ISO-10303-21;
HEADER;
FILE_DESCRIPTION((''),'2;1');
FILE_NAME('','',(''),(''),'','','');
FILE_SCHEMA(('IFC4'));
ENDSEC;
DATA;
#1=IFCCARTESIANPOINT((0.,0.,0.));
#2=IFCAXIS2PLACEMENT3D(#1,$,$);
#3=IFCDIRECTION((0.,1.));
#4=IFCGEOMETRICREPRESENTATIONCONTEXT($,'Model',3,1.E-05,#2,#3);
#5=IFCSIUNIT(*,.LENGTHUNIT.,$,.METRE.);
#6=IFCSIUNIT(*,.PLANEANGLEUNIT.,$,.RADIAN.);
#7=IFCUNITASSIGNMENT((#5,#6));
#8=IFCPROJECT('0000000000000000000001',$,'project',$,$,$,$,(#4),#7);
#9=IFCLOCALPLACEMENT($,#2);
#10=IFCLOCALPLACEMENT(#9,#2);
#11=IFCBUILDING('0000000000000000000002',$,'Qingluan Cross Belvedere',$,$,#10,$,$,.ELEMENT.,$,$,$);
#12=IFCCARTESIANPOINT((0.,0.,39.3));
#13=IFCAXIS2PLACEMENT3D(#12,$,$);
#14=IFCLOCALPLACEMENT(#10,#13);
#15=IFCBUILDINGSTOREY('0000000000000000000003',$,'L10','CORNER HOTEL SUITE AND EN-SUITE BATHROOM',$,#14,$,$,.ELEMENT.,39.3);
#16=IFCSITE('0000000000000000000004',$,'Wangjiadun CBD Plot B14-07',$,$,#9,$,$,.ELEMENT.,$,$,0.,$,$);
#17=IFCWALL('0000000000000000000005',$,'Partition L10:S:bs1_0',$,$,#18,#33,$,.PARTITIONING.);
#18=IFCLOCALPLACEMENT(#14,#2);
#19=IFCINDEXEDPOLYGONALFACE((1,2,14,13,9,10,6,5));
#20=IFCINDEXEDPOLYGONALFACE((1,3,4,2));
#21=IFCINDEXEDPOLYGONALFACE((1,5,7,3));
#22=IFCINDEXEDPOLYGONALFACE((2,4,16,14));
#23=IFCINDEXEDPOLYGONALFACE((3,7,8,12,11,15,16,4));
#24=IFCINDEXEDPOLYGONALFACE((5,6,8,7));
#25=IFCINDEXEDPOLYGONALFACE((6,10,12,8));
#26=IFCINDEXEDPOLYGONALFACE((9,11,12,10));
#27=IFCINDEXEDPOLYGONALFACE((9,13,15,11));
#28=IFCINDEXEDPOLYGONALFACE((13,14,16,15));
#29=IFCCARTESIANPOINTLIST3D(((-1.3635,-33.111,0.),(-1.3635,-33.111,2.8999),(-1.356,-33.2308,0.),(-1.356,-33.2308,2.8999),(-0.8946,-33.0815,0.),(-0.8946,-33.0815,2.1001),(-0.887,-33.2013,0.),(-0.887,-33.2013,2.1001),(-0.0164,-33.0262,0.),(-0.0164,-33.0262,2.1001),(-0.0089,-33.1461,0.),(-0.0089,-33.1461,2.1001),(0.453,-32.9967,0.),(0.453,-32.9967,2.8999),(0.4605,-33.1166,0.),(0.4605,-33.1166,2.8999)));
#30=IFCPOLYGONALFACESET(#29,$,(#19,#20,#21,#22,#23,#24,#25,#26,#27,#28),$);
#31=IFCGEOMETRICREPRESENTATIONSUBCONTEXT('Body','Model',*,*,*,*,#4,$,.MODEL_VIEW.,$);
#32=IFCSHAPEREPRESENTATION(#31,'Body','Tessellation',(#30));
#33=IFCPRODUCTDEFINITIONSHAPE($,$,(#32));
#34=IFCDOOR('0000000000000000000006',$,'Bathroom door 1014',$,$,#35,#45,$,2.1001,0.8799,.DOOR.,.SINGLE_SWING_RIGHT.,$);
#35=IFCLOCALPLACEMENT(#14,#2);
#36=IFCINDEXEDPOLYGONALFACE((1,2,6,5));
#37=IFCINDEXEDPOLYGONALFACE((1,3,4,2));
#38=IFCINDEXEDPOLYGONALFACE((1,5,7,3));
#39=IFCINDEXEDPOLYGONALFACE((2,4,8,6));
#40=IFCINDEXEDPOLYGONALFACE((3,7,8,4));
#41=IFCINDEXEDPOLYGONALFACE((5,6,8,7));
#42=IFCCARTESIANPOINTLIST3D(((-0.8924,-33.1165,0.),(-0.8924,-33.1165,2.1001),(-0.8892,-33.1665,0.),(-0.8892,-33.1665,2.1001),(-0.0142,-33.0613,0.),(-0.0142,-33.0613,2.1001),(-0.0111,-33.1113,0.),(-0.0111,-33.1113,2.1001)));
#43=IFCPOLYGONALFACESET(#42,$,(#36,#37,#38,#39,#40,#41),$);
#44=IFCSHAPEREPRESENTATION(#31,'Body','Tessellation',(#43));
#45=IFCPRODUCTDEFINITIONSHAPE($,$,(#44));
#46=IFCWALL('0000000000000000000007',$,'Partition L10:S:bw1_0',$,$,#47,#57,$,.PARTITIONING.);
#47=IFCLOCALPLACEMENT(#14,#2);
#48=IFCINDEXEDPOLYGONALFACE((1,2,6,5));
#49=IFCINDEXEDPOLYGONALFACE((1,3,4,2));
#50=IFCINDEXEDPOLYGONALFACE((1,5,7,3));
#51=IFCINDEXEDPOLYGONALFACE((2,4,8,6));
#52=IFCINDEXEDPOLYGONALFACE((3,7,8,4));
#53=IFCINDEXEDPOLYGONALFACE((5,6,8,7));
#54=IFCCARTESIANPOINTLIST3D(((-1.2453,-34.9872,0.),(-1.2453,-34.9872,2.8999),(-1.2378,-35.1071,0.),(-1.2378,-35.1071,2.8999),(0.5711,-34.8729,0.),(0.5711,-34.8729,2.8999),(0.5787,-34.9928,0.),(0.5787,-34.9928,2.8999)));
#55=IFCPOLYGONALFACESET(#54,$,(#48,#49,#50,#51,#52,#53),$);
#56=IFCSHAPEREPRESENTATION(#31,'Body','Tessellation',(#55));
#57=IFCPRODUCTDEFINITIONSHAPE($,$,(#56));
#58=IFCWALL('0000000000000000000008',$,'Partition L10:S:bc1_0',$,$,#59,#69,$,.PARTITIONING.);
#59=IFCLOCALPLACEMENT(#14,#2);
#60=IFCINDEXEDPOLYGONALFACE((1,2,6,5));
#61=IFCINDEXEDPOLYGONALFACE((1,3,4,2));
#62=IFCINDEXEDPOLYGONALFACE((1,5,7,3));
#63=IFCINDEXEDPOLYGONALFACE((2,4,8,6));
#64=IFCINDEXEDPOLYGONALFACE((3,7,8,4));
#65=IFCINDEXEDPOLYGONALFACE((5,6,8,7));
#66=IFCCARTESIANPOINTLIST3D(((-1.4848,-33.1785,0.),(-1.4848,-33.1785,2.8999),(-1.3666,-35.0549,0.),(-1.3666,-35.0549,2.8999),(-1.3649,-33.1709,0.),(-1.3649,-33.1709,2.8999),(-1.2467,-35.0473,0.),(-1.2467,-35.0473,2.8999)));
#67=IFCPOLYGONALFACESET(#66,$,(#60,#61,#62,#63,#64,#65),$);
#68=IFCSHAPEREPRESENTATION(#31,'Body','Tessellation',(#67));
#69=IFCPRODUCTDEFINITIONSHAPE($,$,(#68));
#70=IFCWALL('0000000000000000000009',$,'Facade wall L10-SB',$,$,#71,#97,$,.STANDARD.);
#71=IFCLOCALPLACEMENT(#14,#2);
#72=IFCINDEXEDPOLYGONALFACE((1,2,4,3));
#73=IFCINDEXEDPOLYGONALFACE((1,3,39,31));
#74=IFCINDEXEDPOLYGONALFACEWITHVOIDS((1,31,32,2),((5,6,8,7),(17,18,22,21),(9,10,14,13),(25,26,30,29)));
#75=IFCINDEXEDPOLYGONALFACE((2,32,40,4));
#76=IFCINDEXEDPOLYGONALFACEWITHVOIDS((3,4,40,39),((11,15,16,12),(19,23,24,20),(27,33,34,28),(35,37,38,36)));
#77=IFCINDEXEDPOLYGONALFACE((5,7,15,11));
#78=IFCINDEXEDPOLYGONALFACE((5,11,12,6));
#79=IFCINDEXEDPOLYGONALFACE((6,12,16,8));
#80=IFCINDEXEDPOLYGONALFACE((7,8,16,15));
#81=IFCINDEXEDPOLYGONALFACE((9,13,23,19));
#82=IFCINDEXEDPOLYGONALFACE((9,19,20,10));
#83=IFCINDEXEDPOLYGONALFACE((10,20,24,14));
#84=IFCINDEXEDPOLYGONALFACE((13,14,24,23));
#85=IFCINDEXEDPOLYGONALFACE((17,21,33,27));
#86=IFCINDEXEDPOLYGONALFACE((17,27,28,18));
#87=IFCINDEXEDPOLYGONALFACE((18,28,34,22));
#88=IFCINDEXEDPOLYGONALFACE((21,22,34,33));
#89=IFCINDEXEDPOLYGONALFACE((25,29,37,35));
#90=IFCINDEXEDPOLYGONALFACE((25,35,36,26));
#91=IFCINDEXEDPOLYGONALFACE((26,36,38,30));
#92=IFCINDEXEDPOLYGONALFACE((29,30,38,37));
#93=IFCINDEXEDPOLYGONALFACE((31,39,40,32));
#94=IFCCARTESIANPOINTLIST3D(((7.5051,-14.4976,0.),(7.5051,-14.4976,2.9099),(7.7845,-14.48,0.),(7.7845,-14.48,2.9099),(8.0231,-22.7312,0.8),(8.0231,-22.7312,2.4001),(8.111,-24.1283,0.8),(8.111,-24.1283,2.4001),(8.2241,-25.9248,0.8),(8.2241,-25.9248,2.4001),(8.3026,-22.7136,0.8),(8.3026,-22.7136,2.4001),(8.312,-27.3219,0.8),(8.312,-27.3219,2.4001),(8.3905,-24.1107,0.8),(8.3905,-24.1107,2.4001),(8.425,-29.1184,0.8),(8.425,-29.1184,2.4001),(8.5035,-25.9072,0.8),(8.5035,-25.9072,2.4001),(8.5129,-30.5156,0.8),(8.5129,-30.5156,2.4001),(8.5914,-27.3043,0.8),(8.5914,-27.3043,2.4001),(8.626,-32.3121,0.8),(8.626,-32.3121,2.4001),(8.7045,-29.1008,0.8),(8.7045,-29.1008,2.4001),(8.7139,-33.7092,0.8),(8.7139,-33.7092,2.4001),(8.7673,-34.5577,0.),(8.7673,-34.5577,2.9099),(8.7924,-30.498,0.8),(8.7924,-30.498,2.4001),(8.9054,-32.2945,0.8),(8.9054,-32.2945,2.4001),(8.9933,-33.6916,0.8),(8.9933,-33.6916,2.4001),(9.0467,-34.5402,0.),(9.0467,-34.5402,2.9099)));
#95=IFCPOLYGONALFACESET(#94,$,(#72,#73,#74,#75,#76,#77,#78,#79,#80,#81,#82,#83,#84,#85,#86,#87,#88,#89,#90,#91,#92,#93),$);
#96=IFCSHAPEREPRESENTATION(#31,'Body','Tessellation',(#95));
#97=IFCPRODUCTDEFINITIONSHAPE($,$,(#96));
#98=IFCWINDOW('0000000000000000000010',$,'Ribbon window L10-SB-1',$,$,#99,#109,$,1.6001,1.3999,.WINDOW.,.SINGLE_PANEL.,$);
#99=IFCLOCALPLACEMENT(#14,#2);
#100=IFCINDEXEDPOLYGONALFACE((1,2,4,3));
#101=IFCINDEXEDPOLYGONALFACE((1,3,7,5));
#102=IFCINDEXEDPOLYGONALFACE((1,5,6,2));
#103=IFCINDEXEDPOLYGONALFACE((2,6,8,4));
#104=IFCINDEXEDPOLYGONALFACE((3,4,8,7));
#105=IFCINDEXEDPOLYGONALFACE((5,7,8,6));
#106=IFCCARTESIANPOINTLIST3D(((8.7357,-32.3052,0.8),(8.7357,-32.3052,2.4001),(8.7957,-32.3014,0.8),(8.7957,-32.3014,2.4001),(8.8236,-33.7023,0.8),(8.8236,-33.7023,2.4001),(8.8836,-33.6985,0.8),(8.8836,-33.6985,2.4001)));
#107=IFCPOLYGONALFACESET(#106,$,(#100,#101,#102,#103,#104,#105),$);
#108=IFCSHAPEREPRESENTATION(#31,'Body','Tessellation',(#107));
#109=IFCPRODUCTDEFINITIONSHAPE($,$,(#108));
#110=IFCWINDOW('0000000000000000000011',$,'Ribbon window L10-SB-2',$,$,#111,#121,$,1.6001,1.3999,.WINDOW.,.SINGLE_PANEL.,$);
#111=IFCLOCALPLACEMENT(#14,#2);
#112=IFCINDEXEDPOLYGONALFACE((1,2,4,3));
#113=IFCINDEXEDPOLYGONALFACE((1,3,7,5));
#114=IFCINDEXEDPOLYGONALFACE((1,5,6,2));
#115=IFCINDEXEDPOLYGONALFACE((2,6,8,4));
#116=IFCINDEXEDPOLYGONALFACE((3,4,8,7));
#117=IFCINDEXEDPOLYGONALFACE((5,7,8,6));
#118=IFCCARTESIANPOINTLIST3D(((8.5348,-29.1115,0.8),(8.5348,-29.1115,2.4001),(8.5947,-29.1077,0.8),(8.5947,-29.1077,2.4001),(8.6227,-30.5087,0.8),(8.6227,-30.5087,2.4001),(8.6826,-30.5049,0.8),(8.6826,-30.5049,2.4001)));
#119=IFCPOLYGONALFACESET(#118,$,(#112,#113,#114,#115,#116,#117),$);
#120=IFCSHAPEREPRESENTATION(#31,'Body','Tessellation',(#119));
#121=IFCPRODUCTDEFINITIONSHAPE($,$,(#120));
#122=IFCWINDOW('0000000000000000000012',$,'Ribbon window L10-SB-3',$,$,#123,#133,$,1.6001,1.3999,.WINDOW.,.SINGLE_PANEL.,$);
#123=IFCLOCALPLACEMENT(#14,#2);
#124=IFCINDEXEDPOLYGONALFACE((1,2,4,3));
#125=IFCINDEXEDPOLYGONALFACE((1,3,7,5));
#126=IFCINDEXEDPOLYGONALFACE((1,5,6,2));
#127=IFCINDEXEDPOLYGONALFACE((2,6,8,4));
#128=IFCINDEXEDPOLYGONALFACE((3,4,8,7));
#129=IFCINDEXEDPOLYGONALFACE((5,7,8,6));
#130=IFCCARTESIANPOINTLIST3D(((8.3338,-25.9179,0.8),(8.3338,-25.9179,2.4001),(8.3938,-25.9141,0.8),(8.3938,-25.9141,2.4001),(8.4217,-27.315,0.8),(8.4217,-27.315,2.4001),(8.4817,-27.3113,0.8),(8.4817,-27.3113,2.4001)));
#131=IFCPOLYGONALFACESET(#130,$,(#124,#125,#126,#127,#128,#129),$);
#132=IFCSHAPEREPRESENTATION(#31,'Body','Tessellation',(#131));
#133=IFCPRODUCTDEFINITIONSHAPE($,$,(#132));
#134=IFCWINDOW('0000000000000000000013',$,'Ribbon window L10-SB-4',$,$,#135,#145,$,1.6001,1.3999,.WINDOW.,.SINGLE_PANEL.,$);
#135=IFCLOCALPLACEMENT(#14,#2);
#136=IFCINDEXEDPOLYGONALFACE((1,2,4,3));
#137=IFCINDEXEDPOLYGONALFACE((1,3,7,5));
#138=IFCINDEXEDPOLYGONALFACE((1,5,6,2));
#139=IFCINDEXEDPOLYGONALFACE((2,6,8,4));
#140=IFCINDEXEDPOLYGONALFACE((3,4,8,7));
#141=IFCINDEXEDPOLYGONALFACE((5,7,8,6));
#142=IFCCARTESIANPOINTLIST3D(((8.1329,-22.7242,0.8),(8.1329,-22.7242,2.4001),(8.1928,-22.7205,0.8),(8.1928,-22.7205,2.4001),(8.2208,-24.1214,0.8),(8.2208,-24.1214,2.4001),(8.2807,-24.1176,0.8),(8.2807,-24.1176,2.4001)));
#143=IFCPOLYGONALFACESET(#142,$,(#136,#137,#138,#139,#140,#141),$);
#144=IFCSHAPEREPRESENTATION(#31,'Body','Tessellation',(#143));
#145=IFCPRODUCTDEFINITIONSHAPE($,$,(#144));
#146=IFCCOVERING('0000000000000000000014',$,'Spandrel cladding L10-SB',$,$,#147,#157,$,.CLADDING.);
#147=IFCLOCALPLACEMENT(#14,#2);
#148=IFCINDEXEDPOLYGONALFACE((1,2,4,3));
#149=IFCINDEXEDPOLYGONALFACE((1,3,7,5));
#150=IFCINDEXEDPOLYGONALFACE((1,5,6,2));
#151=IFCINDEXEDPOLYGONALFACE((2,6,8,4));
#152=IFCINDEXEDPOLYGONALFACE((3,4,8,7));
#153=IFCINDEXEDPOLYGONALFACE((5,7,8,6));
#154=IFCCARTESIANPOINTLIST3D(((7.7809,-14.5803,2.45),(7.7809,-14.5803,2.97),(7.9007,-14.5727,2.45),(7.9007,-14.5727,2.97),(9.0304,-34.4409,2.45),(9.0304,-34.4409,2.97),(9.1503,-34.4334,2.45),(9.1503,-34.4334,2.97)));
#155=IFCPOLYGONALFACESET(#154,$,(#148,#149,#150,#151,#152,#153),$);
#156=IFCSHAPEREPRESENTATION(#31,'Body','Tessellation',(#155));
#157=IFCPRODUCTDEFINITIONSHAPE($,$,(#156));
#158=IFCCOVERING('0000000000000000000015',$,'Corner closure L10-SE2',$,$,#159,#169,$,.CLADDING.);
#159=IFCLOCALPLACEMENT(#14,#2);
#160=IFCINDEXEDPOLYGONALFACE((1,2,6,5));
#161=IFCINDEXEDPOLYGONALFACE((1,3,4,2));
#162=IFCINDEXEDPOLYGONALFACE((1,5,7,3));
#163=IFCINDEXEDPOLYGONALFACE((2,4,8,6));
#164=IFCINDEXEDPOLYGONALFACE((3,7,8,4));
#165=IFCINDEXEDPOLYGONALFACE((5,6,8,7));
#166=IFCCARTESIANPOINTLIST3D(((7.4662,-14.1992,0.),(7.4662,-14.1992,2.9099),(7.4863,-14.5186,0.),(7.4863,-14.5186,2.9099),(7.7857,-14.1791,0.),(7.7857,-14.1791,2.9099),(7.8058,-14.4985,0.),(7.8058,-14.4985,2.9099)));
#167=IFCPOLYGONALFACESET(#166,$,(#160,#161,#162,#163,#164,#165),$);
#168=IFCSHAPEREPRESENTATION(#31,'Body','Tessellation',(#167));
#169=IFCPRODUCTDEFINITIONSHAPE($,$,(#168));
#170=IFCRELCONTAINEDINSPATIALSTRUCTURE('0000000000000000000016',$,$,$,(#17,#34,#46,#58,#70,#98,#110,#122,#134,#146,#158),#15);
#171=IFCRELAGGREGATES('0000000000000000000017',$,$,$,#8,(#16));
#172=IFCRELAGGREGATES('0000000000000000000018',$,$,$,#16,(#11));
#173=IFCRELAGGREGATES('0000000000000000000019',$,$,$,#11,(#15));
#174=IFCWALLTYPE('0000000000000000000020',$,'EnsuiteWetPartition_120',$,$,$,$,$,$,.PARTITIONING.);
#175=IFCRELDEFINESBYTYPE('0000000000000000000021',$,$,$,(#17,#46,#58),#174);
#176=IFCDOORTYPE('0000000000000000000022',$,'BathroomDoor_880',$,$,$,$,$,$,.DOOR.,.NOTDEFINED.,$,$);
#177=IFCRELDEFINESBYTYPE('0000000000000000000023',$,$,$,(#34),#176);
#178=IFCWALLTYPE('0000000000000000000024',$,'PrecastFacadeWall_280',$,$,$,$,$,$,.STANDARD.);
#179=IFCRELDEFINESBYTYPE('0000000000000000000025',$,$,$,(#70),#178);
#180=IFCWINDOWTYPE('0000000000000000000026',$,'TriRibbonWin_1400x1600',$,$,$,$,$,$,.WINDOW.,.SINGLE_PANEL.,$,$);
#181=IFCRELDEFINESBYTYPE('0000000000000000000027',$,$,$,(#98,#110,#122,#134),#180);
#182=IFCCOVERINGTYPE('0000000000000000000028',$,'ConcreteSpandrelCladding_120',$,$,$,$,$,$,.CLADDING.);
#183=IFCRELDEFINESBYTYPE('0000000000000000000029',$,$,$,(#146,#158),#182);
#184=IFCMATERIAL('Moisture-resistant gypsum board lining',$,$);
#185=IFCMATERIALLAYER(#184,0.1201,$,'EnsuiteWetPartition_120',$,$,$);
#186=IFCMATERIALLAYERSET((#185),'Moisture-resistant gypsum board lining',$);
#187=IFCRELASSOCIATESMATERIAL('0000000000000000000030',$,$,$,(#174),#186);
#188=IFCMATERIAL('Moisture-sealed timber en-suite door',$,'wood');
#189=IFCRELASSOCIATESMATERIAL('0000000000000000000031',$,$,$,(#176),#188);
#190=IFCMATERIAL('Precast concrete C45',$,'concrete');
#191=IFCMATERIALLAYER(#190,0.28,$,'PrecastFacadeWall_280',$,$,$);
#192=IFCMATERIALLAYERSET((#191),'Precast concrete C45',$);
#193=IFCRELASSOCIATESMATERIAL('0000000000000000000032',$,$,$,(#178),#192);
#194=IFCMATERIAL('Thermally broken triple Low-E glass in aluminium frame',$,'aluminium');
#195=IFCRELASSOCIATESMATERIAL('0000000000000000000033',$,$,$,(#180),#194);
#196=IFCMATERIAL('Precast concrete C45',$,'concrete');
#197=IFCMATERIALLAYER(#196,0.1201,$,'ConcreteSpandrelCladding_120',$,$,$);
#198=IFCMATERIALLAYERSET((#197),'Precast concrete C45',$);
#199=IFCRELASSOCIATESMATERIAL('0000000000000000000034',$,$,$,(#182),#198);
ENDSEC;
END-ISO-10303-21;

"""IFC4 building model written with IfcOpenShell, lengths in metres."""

from ifc_helpers import new_model, si_unit, direction, frame, frame_2d, origin, origin_2d, place, context, subcontext, project, spatial, rectangle, extrude, material, layer, layer_set, type_object, element, fill, save


model = new_model("IFC4")

# Units and contexts
model_context = context("Model", 3, precision=1e-05, world=origin(), true_north=direction((0.0, 1.0)))
body_context = subcontext(model_context, "Body", "Model", "MODEL_VIEW")
ifc_project = project(units=[si_unit("LENGTHUNIT", "METRE"), si_unit("PLANEANGLEUNIT", "RADIAN")], contexts=[model_context])

# Site, building, storey
site_placement = place(None, origin())
site = spatial("IfcSite", under=ifc_project, at=site_placement, Name="Wangjiadun CBD Plot B14-07", CompositionType="ELEMENT", RefElevation=0.0)
building_placement = place(site_placement, origin())
building = spatial("IfcBuilding", under=site, at=building_placement, Name="Qingluan Cross Belvedere", CompositionType="ELEMENT")
storey_placement = place(building_placement, frame((0.0, 0.0, 39.3)))
storey = spatial("IfcBuildingStorey", under=building, at=storey_placement, Name="L10", Description="CORNER HOTEL SUITE AND EN-SUITE BATHROOM", CompositionType="ELEMENT", Elevation=39.3)

# Shared definitions
ifc_material_1 = material(Name="Moisture-resistant gypsum board lining")
ifc_layer_1 = layer(ifc_material_1, 0.1201, Name="EnsuiteWetPartition_120")
ifc_layer_set_1 = layer_set([ifc_layer_1], Name="Moisture-resistant gypsum board lining")
wall_type_1 = type_object("IfcWallType", Name="EnsuiteWetPartition_120", PredefinedType="PARTITIONING", material=ifc_layer_set_1)
ifc_material_2 = material(Name="Moisture-sealed timber en-suite door", Category="wood")
door_type_1 = type_object("IfcDoorType", Name="BathroomDoor_880", OperationType="NOTDEFINED", PredefinedType="DOOR", material=ifc_material_2)

# Wall, opening, door
wall_1_placement = place(storey_placement, frame((-1.3599, -33.1709, 0.0), z_axis=(0.0, 0.0, 1.0), x_axis=(0.998027, 0.062779, 0.0)))
wall_1 = element("IfcWall", 1, at=wall_1_placement, inside=storey, type_object=wall_type_1, Name="Partition L10:S:bs1_0", PredefinedType="PARTITIONING", context=body_context, shape_type="SweptSolid", body=[
    extrude(rectangle(XDim=1.8201, YDim=0.1201, at=frame_2d((0.9102, 0.0))), origin(), (0.0, 0.0, 1.0), 2.8999),
])
opening_1_placement = place(wall_1_placement, frame((0.47, 0.0, 0.0)))
opening_1 = element("IfcOpeningElement", 2, at=opening_1_placement, cuts=wall_1, PredefinedType="OPENING", context=body_context, shape_type="SweptSolid", body=[
    extrude(rectangle(XDim=0.8799, YDim=2.1001, at=frame_2d((0.4399, 1.05))), frame((0.0, 0.0701, 0.0), z_axis=(0.0, -1.0, 0.0), x_axis=(1.0, 0.0, 0.0)), (0.0, 0.0, 1.0), 0.1401),
])
door_1_placement = place(opening_1_placement, origin())
door_1 = element("IfcDoor", 3, at=door_1_placement, inside=storey, type_object=door_type_1, Name="Bathroom door 1014", OperationType="SINGLE_SWING_RIGHT", OverallHeight=2.1001, OverallWidth=0.8799, PredefinedType="DOOR", context=body_context, shape_type="SweptSolid", body=[
    extrude(rectangle(XDim=0.8799, YDim=2.1001, at=frame_2d((0.4399, 1.05))), frame((0.0, 0.0249, 0.0), z_axis=(0.0, -1.0, 0.0), x_axis=(1.0, 0.0, 0.0)), (0.0, 0.0, 1.0), 0.05),
])
fill(opening_1, door_1)

# Walls
wall_2_placement = place(storey_placement, frame((-1.2417, -35.0471, 0.0), z_axis=(0.0, 0.0, 1.0), x_axis=(0.998027, 0.062779, 0.0)))
element("IfcWall", 4, at=wall_2_placement, inside=storey, type_object=wall_type_1, Name="Partition L10:S:bw1_0", PredefinedType="PARTITIONING", context=body_context, shape_type="SweptSolid", body=[
    extrude(rectangle(XDim=1.8201, YDim=0.1201, at=frame_2d((0.9102, 0.0))), origin(), (0.0, 0.0, 1.0), 2.8999),
])
wall_3_placement = place(storey_placement, frame((-1.4248, -33.1748, 0.0), z_axis=(0.0, 0.0, 1.0), x_axis=(0.062847, -0.998023, 0.0)))
element("IfcWall", 5, at=wall_3_placement, inside=storey, type_object=wall_type_1, Name="Partition L10:S:bc1_0", PredefinedType="PARTITIONING", context=body_context, shape_type="SweptSolid", body=[
    extrude(rectangle(XDim=1.8801, YDim=0.1201, at=frame_2d((0.9399, 0.0))), origin(), (0.0, 0.0, 1.0), 2.8999),
])

# Wall, openings, windows
ifc_material_3 = material(Name="Precast concrete C45", Category="concrete")
ifc_layer_2 = layer(ifc_material_3, 0.28, Name="PrecastFacadeWall_280")
ifc_layer_set_2 = layer_set([ifc_layer_2], Name="Precast concrete C45")
wall_type_2 = type_object("IfcWallType", Name="PrecastFacadeWall_280", PredefinedType="STANDARD", material=ifc_layer_set_2)
wall_4_placement = place(storey_placement, frame((8.907, -34.5488, 0.0), z_axis=(0.0, 0.0, 1.0), x_axis=(-0.062796, 0.998026, 0.0)))
wall_4 = element("IfcWall", 6, at=wall_4_placement, inside=storey, type_object=wall_type_2, Name="Facade wall L10-SB", PredefinedType="STANDARD", context=body_context, shape_type="SweptSolid", body=[
    extrude(rectangle(XDim=20.0999, YDim=0.28, at=frame_2d((10.0498, 0.0))), origin(), (0.0, 0.0, 1.0), 2.9099),
])
opening_2_placement = place(wall_4_placement, frame((0.8501, 0.0, 0.8)))
opening_2 = element("IfcOpeningElement", 7, at=opening_2_placement, cuts=wall_4, PredefinedType="OPENING", context=body_context, shape_type="SweptSolid", body=[
    extrude(rectangle(XDim=1.3999, YDim=1.6001, at=frame_2d((0.7, 0.8))), frame((0.0, 0.1499, 0.0), z_axis=(0.0, -1.0, 0.0), x_axis=(1.0, 0.0, 0.0)), (0.0, 0.0, 1.0), 0.3),
])
opening_3_placement = place(wall_4_placement, frame((4.05, 0.0, 0.8)))
opening_3 = element("IfcOpeningElement", 8, at=opening_3_placement, cuts=wall_4, PredefinedType="OPENING", context=body_context, shape_type="SweptSolid", body=[
    extrude(rectangle(XDim=1.3999, YDim=1.6001, at=frame_2d((0.7, 0.8))), frame((0.0, 0.1499, 0.0), z_axis=(0.0, -1.0, 0.0), x_axis=(1.0, 0.0, 0.0)), (0.0, 0.0, 1.0), 0.3),
])
opening_4_placement = place(wall_4_placement, frame((7.25, 0.0, 0.8)))
opening_4 = element("IfcOpeningElement", 9, at=opening_4_placement, cuts=wall_4, PredefinedType="OPENING", context=body_context, shape_type="SweptSolid", body=[
    extrude(rectangle(XDim=1.3999, YDim=1.6001, at=frame_2d((0.7, 0.8))), frame((0.0, 0.1499, 0.0), z_axis=(0.0, -1.0, 0.0), x_axis=(1.0, 0.0, 0.0)), (0.0, 0.0, 1.0), 0.3),
])
opening_5_placement = place(wall_4_placement, frame((10.45, 0.0, 0.8)))
opening_5 = element("IfcOpeningElement", 10, at=opening_5_placement, cuts=wall_4, PredefinedType="OPENING", context=body_context, shape_type="SweptSolid", body=[
    extrude(rectangle(XDim=1.3999, YDim=1.6001, at=frame_2d((0.7, 0.8))), frame((0.0, 0.1499, 0.0), z_axis=(0.0, -1.0, 0.0), x_axis=(1.0, 0.0, 0.0)), (0.0, 0.0, 1.0), 0.3),
])
ifc_material_4 = material(Name="Thermally broken triple Low-E glass in aluminium frame", Category="aluminium")
window_type = type_object("IfcWindowType", Name="TriRibbonWin_1400x1600", PartitioningType="SINGLE_PANEL", PredefinedType="WINDOW", material=ifc_material_4)
window_1_placement = place(opening_2_placement, origin())
window_1 = element("IfcWindow", 11, at=window_1_placement, inside=storey, type_object=window_type, Name="Ribbon window L10-SB-1", OverallHeight=1.6001, OverallWidth=1.3999, PartitioningType="SINGLE_PANEL", PredefinedType="WINDOW", context=body_context, shape_type="SweptSolid", body=[
    extrude(rectangle(XDim=1.3999, YDim=1.6001, at=frame_2d((0.7, 0.8))), frame((0.0, 0.03, 0.0), z_axis=(0.0, -1.0, 0.0), x_axis=(1.0, 0.0, 0.0)), (0.0, 0.0, 1.0), 0.0601),
])
fill(opening_2, window_1)
window_2_placement = place(opening_3_placement, origin())
window_2 = element("IfcWindow", 12, at=window_2_placement, inside=storey, type_object=window_type, Name="Ribbon window L10-SB-2", OverallHeight=1.6001, OverallWidth=1.3999, PartitioningType="SINGLE_PANEL", PredefinedType="WINDOW", context=body_context, shape_type="SweptSolid", body=[
    extrude(rectangle(XDim=1.3999, YDim=1.6001, at=frame_2d((0.7, 0.8))), frame((0.0, 0.03, 0.0), z_axis=(0.0, -1.0, 0.0), x_axis=(1.0, 0.0, 0.0)), (0.0, 0.0, 1.0), 0.0601),
])
fill(opening_3, window_2)
window_3_placement = place(opening_4_placement, origin())
window_3 = element("IfcWindow", 13, at=window_3_placement, inside=storey, type_object=window_type, Name="Ribbon window L10-SB-3", OverallHeight=1.6001, OverallWidth=1.3999, PartitioningType="SINGLE_PANEL", PredefinedType="WINDOW", context=body_context, shape_type="SweptSolid", body=[
    extrude(rectangle(XDim=1.3999, YDim=1.6001, at=frame_2d((0.7, 0.8))), frame((0.0, 0.03, 0.0), z_axis=(0.0, -1.0, 0.0), x_axis=(1.0, 0.0, 0.0)), (0.0, 0.0, 1.0), 0.0601),
])
fill(opening_4, window_3)
window_4_placement = place(opening_5_placement, origin())
window_4 = element("IfcWindow", 14, at=window_4_placement, inside=storey, type_object=window_type, Name="Ribbon window L10-SB-4", OverallHeight=1.6001, OverallWidth=1.3999, PartitioningType="SINGLE_PANEL", PredefinedType="WINDOW", context=body_context, shape_type="SweptSolid", body=[
    extrude(rectangle(XDim=1.3999, YDim=1.6001, at=frame_2d((0.7, 0.8))), frame((0.0, 0.03, 0.0), z_axis=(0.0, -1.0, 0.0), x_axis=(1.0, 0.0, 0.0)), (0.0, 0.0, 1.0), 0.0601),
])
fill(opening_5, window_4)

# Coverings
ifc_material_5 = material(Name="Precast concrete C45", Category="concrete")
ifc_layer_3 = layer(ifc_material_5, 0.1201, Name="ConcreteSpandrelCladding_120")
ifc_layer_set_3 = layer_set([ifc_layer_3], Name="Precast concrete C45")
covering_type = type_object("IfcCoveringType", Name="ConcreteSpandrelCladding_120", PredefinedType="CLADDING", material=ifc_layer_set_3)
covering_1_placement = place(storey_placement, frame((8.4656, -24.5068, 2.45), z_axis=(0.0, 0.0, 1.0), x_axis=(-0.062791, 0.998027, 0.0)))
element("IfcCovering", 15, at=covering_1_placement, inside=storey, type_object=covering_type, Name="Spandrel cladding L10-SB", PredefinedType="CLADDING", context=body_context, shape_type="SweptSolid", body=[
    extrude(rectangle(XDim=19.8999, YDim=0.1201, at=origin_2d()), origin(), (0.0, 0.0, 1.0), 0.52),
])
covering_2_placement = place(storey_placement, frame((7.636, -14.3489, 0.0), z_axis=(0.0, 0.0, 1.0), x_axis=(0.998027, 0.062791, 0.0)))
element("IfcCovering", 16, at=covering_2_placement, inside=storey, type_object=covering_type, Name="Corner closure L10-SE2", PredefinedType="CLADDING", context=body_context, shape_type="SweptSolid", body=[
    extrude(rectangle(XDim=0.3201, YDim=0.3201, at=origin_2d()), origin(), (0.0, 0.0, 1.0), 2.9099),
])

save(model, "model.ifc")
